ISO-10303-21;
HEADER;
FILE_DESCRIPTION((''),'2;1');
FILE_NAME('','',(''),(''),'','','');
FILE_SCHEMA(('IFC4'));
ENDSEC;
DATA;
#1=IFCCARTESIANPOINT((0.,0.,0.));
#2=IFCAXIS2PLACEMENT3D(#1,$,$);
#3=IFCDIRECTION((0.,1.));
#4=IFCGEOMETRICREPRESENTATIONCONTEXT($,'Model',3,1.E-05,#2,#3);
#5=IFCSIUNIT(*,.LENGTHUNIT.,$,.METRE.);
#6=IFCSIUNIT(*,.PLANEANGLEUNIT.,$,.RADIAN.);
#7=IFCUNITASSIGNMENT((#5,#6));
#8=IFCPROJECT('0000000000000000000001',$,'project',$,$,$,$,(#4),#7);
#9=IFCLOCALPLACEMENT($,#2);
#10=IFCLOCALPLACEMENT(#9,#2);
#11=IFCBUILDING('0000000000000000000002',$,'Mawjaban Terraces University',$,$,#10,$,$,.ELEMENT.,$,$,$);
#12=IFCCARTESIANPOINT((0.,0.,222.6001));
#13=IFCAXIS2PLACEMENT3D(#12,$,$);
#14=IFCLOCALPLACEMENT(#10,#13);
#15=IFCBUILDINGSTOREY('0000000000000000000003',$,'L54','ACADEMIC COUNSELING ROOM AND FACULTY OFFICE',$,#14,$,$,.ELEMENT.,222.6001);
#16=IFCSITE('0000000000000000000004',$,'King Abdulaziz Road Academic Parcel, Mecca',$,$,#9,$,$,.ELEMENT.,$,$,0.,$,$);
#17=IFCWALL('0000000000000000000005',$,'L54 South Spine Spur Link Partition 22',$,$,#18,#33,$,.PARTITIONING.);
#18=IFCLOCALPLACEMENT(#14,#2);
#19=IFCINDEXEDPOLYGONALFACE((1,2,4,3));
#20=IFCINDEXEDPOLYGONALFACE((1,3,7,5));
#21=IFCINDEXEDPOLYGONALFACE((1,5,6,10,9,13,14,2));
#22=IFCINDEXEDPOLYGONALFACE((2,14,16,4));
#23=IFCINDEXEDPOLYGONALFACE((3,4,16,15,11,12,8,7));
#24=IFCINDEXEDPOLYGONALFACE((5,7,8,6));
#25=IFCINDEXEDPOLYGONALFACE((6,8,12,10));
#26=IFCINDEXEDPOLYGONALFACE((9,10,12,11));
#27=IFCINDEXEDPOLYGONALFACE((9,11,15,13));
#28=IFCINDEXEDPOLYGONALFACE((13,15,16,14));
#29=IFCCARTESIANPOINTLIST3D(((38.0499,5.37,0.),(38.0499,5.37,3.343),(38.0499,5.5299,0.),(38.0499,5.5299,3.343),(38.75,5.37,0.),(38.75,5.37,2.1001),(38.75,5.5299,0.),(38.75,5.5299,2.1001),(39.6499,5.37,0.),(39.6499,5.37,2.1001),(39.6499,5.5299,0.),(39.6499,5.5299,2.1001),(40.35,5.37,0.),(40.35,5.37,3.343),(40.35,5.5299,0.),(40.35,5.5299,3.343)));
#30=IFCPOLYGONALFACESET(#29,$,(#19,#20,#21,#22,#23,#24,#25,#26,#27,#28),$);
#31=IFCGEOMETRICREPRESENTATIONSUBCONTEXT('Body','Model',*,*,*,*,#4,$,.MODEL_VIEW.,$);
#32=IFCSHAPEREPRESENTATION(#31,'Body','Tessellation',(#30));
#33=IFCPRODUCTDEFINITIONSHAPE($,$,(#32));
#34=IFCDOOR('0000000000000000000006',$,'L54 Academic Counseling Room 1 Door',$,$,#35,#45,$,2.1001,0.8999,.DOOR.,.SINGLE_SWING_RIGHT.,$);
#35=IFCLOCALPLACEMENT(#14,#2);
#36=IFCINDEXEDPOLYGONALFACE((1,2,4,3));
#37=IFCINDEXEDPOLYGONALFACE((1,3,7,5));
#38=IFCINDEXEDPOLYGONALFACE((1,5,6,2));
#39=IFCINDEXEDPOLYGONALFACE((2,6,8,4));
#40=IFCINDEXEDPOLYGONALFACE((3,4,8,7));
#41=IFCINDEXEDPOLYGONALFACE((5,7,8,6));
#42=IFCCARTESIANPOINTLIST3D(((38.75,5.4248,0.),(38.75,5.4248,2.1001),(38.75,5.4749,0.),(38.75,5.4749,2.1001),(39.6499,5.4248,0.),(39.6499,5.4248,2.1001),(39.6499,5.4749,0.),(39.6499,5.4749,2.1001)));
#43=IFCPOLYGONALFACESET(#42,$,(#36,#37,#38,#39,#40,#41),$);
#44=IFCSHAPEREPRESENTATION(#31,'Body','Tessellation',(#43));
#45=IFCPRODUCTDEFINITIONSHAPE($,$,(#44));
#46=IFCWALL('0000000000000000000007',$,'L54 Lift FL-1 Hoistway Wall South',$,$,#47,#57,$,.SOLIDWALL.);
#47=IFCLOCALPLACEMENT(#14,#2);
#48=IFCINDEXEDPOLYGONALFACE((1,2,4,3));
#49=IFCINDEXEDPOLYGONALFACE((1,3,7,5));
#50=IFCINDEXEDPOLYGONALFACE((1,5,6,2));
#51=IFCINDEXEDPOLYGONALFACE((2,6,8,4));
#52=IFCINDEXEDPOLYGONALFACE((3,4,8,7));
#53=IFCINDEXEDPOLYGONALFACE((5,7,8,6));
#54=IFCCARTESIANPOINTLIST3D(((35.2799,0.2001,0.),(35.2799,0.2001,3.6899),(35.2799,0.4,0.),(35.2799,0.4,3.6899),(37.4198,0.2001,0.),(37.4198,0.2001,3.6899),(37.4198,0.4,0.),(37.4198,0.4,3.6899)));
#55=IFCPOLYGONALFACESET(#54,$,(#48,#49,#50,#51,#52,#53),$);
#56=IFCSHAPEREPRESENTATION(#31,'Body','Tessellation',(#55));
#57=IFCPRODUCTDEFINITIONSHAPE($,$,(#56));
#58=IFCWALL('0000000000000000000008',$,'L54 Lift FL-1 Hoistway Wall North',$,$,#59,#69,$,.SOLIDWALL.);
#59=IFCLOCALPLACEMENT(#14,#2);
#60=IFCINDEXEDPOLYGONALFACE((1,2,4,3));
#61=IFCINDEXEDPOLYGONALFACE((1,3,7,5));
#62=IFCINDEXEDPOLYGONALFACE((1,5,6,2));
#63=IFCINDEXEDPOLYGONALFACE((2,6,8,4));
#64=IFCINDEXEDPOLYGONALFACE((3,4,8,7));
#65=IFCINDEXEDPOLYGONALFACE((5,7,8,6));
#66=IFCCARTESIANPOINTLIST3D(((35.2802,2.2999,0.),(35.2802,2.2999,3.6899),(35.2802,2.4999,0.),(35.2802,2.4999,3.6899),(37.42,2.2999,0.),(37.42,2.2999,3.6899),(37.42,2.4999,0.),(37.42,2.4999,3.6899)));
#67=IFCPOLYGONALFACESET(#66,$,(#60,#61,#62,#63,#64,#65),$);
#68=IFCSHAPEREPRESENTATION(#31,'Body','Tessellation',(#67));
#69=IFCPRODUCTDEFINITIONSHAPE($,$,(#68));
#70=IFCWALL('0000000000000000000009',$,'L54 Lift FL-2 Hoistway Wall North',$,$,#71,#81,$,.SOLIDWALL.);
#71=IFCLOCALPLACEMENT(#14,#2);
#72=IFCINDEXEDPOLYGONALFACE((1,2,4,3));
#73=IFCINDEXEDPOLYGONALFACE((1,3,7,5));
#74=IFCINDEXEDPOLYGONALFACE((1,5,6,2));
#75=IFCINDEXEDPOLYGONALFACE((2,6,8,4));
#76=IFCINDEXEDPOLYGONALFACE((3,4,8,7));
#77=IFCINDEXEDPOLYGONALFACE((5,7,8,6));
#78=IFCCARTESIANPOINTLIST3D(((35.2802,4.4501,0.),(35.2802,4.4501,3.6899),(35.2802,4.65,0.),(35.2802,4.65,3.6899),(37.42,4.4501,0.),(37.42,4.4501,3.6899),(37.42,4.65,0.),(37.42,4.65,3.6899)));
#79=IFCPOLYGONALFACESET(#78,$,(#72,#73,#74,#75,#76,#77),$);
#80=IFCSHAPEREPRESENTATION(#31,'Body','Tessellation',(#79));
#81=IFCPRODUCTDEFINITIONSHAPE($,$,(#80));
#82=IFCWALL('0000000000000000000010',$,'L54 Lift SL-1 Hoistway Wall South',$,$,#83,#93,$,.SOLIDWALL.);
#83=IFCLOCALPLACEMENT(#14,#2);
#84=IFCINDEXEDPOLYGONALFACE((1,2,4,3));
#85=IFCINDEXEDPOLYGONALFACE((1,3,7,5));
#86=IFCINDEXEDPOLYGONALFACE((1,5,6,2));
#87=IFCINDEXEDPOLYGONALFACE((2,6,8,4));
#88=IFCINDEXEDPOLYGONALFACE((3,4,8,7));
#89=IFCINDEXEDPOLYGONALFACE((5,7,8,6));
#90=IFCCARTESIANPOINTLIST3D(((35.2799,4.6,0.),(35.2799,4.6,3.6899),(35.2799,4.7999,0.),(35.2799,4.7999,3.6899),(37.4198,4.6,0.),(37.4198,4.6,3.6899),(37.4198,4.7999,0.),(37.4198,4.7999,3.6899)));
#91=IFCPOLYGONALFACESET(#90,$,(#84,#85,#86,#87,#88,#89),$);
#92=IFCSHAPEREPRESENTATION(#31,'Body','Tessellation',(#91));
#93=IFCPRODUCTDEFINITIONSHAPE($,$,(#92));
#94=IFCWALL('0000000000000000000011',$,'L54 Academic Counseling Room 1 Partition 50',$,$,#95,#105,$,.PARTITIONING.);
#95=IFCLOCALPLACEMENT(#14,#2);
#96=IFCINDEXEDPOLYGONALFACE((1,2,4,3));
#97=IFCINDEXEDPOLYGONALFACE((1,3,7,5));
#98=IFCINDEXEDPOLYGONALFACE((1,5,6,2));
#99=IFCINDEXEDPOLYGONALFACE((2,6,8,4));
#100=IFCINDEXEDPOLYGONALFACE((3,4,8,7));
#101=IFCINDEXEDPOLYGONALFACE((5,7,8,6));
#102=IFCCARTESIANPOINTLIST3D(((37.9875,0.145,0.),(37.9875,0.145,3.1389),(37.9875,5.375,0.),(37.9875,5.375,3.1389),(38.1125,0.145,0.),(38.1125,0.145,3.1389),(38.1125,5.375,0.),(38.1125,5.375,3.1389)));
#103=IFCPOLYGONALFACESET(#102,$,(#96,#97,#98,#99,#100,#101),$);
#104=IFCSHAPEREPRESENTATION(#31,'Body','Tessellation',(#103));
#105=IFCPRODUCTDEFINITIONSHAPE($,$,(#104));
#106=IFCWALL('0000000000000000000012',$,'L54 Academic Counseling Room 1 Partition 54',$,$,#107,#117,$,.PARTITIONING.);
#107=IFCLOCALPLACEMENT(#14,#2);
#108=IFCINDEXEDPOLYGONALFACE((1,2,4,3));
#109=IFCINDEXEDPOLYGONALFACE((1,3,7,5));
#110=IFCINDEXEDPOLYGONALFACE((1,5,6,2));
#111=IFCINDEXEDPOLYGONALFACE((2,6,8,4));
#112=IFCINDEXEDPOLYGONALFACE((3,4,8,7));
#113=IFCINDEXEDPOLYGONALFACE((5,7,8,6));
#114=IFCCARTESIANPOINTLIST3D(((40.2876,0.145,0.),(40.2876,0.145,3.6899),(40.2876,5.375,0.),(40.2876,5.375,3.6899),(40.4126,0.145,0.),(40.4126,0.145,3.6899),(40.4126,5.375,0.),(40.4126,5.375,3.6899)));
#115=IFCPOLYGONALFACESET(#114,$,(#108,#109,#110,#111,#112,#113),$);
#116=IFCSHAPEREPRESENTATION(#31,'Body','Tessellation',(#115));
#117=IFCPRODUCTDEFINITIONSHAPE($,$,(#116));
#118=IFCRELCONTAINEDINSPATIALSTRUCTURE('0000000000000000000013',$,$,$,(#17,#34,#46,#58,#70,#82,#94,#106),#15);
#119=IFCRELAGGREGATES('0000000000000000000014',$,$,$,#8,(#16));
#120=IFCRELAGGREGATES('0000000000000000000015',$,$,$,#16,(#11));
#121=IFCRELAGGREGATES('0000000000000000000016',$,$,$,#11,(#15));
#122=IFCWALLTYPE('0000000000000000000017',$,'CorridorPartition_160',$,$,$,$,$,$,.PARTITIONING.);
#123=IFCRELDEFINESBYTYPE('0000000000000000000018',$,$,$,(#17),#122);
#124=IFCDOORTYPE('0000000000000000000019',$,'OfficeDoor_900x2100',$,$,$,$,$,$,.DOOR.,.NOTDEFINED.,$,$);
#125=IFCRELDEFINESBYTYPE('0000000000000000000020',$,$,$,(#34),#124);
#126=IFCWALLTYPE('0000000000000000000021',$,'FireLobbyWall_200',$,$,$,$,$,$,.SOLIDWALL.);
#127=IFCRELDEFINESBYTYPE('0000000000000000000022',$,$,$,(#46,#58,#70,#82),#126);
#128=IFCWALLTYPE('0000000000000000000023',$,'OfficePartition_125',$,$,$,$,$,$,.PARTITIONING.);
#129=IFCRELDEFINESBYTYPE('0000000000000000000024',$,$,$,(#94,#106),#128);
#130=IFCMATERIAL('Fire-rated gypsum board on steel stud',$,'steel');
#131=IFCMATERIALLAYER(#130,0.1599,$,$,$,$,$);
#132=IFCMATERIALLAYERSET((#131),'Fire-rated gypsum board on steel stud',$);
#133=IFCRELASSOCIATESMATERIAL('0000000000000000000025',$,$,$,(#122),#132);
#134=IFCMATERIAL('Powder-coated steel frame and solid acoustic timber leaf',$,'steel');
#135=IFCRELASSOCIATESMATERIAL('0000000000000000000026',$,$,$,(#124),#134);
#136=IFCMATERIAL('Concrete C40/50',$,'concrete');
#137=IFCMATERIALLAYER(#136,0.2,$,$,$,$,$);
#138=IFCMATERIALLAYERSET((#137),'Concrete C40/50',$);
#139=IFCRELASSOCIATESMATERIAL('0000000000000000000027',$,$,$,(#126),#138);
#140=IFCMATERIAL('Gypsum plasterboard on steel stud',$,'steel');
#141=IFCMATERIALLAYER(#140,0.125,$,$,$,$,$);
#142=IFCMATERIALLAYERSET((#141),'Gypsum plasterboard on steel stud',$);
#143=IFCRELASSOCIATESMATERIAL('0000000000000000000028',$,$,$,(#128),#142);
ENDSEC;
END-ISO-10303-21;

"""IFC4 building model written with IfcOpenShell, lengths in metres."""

from ifc_helpers import new_model, si_unit, direction, frame, frame_2d, origin, place, context, subcontext, project, spatial, rectangle, extrude, material, layer, layer_set, type_object, element, fill, save


model = new_model("IFC4")

# Units and contexts
model_context = context("Model", 3, precision=1e-05, world=origin(), true_north=direction((0.0, 1.0)))
body_context = subcontext(model_context, "Body", "Model", "MODEL_VIEW")
ifc_project = project(units=[si_unit("LENGTHUNIT", "METRE"), si_unit("PLANEANGLEUNIT", "RADIAN")], contexts=[model_context])

# Site, building, storey
site_placement = place(None, origin())
site = spatial("IfcSite", under=ifc_project, at=site_placement, Name="King Abdulaziz Road Academic Parcel, Mecca", CompositionType="ELEMENT", RefElevation=0.0)
building_placement = place(site_placement, origin())
building = spatial("IfcBuilding", under=site, at=building_placement, Name="Mawjaban Terraces University", CompositionType="ELEMENT")
storey_placement = place(building_placement, frame((0.0, 0.0, 222.6001)))
storey = spatial("IfcBuildingStorey", under=building, at=storey_placement, Name="L54", Description="ACADEMIC COUNSELING ROOM AND FACULTY OFFICE", CompositionType="ELEMENT", Elevation=222.6001)

# Wall, opening, door
ifc_material_1 = material(Name="Fire-rated gypsum board on steel stud", Category="steel")
ifc_layer_1 = layer(ifc_material_1, 0.1599)
ifc_layer_set_1 = layer_set([ifc_layer_1], Name="Fire-rated gypsum board on steel stud")
wall_type_1 = type_object("IfcWallType", Name="CorridorPartition_160", PredefinedType="PARTITIONING", material=ifc_layer_set_1)
wall_1_placement = place(storey_placement, frame((38.05, 5.45, 0.0), z_axis=(0.0, 0.0, 1.0), x_axis=(1.0, 0.0, 0.0)))
wall_1 = element("IfcWall", 1, at=wall_1_placement, inside=storey, type_object=wall_type_1, Name="L54 South Spine Spur Link Partition 22", PredefinedType="PARTITIONING", context=body_context, shape_type="SweptSolid", body=[
    extrude(rectangle(XDim=2.3, YDim=0.1599, at=frame_2d((1.1499, 0.0))), origin(), (0.0, 0.0, 1.0), 3.343),
])
opening_placement = place(wall_1_placement, frame((0.7, 0.0, 0.0)))
opening = element("IfcOpeningElement", 2, at=opening_placement, cuts=wall_1, PredefinedType="OPENING", context=body_context, shape_type="SweptSolid", body=[
    extrude(rectangle(XDim=0.8999, YDim=2.1001, at=frame_2d((0.45, 1.05))), frame((0.0, 0.0898, 0.0), z_axis=(0.0, -1.0, 0.0), x_axis=(1.0, 0.0, 0.0)), (0.0, 0.0, 1.0), 0.1799),
])
ifc_material_2 = material(Name="Powder-coated steel frame and solid acoustic timber leaf", Category="steel")
door_type = type_object("IfcDoorType", Name="OfficeDoor_900x2100", OperationType="NOTDEFINED", PredefinedType="DOOR", material=ifc_material_2)
door_placement = place(opening_placement, origin())
door = element("IfcDoor", 3, at=door_placement, inside=storey, type_object=door_type, Name="L54 Academic Counseling Room 1 Door", OperationType="SINGLE_SWING_RIGHT", OverallHeight=2.1001, OverallWidth=0.8999, PredefinedType="DOOR", context=body_context, shape_type="SweptSolid", body=[
    extrude(rectangle(XDim=0.8999, YDim=2.1001, at=frame_2d((0.45, 1.05))), frame((0.0, 0.0249, 0.0), z_axis=(0.0, -1.0, 0.0), x_axis=(1.0, 0.0, 0.0)), (0.0, 0.0, 1.0), 0.05),
])
fill(opening, door)

# Walls
ifc_material_3 = material(Name="Concrete C40/50", Category="concrete")
ifc_layer_2 = layer(ifc_material_3, 0.2)
ifc_layer_set_2 = layer_set([ifc_layer_2], Name="Concrete C40/50")
wall_type_2 = type_object("IfcWallType", Name="FireLobbyWall_200", PredefinedType="SOLIDWALL", material=ifc_layer_set_2)
for number, where, z_axis, x_axis, name in (
    (4, (35.28, 0.3, 0.0), (0.0, 0.0, 1.0), (1.0, 0.0, 0.0), "L54 Lift FL-1 Hoistway Wall South"),
    (5, (37.4199, 2.3999, 0.0), (0.0, 0.0, 1.0), (-1.0, 0.0, 0.0), "L54 Lift FL-1 Hoistway Wall North"),
    (6, (37.4199, 4.55, 0.0), (0.0, 0.0, 1.0), (-1.0, 0.0, 0.0), "L54 Lift FL-2 Hoistway Wall North"),
    (7, (35.28, 4.7, 0.0), (0.0, 0.0, 1.0), (1.0, 0.0, 0.0), "L54 Lift SL-1 Hoistway Wall South"),
):
    element("IfcWall", number, at=place(storey_placement, frame(where, z_axis=z_axis, x_axis=x_axis)), inside=storey, type_object=wall_type_2, Name=name, PredefinedType="SOLIDWALL", context=body_context, shape_type="SweptSolid", body=[
        extrude(rectangle(XDim=2.1399, YDim=0.2, at=frame_2d((1.0698, 0.0))), origin(), (0.0, 0.0, 1.0), 3.6899),
    ])
ifc_material_4 = material(Name="Gypsum plasterboard on steel stud", Category="steel")
ifc_layer_3 = layer(ifc_material_4, 0.125)
ifc_layer_set_3 = layer_set([ifc_layer_3], Name="Gypsum plasterboard on steel stud")
wall_type_3 = type_object("IfcWallType", Name="OfficePartition_125", PredefinedType="PARTITIONING", material=ifc_layer_set_3)
wall_2_placement = place(storey_placement, frame((38.05, 5.375, 0.0), z_axis=(0.0, 0.0, 1.0), x_axis=(0.0, -1.0, 0.0)))
element("IfcWall", 8, at=wall_2_placement, inside=storey, type_object=wall_type_3, Name="L54 Academic Counseling Room 1 Partition 50", PredefinedType="PARTITIONING", context=body_context, shape_type="SweptSolid", body=[
    extrude(rectangle(XDim=5.23, YDim=0.125, at=frame_2d((2.615, 0.0))), origin(), (0.0, 0.0, 1.0), 3.1389),
])
wall_3_placement = place(storey_placement, frame((40.3501, 0.145, 0.0), z_axis=(0.0, 0.0, 1.0), x_axis=(0.0, 1.0, 0.0)))
element("IfcWall", 9, at=wall_3_placement, inside=storey, type_object=wall_type_3, Name="L54 Academic Counseling Room 1 Partition 54", PredefinedType="PARTITIONING", context=body_context, shape_type="SweptSolid", body=[
    extrude(rectangle(XDim=5.23, YDim=0.125, at=frame_2d((2.615, 0.0))), origin(), (0.0, 0.0, 1.0), 3.6899),
])

save(model, "model.ifc")
